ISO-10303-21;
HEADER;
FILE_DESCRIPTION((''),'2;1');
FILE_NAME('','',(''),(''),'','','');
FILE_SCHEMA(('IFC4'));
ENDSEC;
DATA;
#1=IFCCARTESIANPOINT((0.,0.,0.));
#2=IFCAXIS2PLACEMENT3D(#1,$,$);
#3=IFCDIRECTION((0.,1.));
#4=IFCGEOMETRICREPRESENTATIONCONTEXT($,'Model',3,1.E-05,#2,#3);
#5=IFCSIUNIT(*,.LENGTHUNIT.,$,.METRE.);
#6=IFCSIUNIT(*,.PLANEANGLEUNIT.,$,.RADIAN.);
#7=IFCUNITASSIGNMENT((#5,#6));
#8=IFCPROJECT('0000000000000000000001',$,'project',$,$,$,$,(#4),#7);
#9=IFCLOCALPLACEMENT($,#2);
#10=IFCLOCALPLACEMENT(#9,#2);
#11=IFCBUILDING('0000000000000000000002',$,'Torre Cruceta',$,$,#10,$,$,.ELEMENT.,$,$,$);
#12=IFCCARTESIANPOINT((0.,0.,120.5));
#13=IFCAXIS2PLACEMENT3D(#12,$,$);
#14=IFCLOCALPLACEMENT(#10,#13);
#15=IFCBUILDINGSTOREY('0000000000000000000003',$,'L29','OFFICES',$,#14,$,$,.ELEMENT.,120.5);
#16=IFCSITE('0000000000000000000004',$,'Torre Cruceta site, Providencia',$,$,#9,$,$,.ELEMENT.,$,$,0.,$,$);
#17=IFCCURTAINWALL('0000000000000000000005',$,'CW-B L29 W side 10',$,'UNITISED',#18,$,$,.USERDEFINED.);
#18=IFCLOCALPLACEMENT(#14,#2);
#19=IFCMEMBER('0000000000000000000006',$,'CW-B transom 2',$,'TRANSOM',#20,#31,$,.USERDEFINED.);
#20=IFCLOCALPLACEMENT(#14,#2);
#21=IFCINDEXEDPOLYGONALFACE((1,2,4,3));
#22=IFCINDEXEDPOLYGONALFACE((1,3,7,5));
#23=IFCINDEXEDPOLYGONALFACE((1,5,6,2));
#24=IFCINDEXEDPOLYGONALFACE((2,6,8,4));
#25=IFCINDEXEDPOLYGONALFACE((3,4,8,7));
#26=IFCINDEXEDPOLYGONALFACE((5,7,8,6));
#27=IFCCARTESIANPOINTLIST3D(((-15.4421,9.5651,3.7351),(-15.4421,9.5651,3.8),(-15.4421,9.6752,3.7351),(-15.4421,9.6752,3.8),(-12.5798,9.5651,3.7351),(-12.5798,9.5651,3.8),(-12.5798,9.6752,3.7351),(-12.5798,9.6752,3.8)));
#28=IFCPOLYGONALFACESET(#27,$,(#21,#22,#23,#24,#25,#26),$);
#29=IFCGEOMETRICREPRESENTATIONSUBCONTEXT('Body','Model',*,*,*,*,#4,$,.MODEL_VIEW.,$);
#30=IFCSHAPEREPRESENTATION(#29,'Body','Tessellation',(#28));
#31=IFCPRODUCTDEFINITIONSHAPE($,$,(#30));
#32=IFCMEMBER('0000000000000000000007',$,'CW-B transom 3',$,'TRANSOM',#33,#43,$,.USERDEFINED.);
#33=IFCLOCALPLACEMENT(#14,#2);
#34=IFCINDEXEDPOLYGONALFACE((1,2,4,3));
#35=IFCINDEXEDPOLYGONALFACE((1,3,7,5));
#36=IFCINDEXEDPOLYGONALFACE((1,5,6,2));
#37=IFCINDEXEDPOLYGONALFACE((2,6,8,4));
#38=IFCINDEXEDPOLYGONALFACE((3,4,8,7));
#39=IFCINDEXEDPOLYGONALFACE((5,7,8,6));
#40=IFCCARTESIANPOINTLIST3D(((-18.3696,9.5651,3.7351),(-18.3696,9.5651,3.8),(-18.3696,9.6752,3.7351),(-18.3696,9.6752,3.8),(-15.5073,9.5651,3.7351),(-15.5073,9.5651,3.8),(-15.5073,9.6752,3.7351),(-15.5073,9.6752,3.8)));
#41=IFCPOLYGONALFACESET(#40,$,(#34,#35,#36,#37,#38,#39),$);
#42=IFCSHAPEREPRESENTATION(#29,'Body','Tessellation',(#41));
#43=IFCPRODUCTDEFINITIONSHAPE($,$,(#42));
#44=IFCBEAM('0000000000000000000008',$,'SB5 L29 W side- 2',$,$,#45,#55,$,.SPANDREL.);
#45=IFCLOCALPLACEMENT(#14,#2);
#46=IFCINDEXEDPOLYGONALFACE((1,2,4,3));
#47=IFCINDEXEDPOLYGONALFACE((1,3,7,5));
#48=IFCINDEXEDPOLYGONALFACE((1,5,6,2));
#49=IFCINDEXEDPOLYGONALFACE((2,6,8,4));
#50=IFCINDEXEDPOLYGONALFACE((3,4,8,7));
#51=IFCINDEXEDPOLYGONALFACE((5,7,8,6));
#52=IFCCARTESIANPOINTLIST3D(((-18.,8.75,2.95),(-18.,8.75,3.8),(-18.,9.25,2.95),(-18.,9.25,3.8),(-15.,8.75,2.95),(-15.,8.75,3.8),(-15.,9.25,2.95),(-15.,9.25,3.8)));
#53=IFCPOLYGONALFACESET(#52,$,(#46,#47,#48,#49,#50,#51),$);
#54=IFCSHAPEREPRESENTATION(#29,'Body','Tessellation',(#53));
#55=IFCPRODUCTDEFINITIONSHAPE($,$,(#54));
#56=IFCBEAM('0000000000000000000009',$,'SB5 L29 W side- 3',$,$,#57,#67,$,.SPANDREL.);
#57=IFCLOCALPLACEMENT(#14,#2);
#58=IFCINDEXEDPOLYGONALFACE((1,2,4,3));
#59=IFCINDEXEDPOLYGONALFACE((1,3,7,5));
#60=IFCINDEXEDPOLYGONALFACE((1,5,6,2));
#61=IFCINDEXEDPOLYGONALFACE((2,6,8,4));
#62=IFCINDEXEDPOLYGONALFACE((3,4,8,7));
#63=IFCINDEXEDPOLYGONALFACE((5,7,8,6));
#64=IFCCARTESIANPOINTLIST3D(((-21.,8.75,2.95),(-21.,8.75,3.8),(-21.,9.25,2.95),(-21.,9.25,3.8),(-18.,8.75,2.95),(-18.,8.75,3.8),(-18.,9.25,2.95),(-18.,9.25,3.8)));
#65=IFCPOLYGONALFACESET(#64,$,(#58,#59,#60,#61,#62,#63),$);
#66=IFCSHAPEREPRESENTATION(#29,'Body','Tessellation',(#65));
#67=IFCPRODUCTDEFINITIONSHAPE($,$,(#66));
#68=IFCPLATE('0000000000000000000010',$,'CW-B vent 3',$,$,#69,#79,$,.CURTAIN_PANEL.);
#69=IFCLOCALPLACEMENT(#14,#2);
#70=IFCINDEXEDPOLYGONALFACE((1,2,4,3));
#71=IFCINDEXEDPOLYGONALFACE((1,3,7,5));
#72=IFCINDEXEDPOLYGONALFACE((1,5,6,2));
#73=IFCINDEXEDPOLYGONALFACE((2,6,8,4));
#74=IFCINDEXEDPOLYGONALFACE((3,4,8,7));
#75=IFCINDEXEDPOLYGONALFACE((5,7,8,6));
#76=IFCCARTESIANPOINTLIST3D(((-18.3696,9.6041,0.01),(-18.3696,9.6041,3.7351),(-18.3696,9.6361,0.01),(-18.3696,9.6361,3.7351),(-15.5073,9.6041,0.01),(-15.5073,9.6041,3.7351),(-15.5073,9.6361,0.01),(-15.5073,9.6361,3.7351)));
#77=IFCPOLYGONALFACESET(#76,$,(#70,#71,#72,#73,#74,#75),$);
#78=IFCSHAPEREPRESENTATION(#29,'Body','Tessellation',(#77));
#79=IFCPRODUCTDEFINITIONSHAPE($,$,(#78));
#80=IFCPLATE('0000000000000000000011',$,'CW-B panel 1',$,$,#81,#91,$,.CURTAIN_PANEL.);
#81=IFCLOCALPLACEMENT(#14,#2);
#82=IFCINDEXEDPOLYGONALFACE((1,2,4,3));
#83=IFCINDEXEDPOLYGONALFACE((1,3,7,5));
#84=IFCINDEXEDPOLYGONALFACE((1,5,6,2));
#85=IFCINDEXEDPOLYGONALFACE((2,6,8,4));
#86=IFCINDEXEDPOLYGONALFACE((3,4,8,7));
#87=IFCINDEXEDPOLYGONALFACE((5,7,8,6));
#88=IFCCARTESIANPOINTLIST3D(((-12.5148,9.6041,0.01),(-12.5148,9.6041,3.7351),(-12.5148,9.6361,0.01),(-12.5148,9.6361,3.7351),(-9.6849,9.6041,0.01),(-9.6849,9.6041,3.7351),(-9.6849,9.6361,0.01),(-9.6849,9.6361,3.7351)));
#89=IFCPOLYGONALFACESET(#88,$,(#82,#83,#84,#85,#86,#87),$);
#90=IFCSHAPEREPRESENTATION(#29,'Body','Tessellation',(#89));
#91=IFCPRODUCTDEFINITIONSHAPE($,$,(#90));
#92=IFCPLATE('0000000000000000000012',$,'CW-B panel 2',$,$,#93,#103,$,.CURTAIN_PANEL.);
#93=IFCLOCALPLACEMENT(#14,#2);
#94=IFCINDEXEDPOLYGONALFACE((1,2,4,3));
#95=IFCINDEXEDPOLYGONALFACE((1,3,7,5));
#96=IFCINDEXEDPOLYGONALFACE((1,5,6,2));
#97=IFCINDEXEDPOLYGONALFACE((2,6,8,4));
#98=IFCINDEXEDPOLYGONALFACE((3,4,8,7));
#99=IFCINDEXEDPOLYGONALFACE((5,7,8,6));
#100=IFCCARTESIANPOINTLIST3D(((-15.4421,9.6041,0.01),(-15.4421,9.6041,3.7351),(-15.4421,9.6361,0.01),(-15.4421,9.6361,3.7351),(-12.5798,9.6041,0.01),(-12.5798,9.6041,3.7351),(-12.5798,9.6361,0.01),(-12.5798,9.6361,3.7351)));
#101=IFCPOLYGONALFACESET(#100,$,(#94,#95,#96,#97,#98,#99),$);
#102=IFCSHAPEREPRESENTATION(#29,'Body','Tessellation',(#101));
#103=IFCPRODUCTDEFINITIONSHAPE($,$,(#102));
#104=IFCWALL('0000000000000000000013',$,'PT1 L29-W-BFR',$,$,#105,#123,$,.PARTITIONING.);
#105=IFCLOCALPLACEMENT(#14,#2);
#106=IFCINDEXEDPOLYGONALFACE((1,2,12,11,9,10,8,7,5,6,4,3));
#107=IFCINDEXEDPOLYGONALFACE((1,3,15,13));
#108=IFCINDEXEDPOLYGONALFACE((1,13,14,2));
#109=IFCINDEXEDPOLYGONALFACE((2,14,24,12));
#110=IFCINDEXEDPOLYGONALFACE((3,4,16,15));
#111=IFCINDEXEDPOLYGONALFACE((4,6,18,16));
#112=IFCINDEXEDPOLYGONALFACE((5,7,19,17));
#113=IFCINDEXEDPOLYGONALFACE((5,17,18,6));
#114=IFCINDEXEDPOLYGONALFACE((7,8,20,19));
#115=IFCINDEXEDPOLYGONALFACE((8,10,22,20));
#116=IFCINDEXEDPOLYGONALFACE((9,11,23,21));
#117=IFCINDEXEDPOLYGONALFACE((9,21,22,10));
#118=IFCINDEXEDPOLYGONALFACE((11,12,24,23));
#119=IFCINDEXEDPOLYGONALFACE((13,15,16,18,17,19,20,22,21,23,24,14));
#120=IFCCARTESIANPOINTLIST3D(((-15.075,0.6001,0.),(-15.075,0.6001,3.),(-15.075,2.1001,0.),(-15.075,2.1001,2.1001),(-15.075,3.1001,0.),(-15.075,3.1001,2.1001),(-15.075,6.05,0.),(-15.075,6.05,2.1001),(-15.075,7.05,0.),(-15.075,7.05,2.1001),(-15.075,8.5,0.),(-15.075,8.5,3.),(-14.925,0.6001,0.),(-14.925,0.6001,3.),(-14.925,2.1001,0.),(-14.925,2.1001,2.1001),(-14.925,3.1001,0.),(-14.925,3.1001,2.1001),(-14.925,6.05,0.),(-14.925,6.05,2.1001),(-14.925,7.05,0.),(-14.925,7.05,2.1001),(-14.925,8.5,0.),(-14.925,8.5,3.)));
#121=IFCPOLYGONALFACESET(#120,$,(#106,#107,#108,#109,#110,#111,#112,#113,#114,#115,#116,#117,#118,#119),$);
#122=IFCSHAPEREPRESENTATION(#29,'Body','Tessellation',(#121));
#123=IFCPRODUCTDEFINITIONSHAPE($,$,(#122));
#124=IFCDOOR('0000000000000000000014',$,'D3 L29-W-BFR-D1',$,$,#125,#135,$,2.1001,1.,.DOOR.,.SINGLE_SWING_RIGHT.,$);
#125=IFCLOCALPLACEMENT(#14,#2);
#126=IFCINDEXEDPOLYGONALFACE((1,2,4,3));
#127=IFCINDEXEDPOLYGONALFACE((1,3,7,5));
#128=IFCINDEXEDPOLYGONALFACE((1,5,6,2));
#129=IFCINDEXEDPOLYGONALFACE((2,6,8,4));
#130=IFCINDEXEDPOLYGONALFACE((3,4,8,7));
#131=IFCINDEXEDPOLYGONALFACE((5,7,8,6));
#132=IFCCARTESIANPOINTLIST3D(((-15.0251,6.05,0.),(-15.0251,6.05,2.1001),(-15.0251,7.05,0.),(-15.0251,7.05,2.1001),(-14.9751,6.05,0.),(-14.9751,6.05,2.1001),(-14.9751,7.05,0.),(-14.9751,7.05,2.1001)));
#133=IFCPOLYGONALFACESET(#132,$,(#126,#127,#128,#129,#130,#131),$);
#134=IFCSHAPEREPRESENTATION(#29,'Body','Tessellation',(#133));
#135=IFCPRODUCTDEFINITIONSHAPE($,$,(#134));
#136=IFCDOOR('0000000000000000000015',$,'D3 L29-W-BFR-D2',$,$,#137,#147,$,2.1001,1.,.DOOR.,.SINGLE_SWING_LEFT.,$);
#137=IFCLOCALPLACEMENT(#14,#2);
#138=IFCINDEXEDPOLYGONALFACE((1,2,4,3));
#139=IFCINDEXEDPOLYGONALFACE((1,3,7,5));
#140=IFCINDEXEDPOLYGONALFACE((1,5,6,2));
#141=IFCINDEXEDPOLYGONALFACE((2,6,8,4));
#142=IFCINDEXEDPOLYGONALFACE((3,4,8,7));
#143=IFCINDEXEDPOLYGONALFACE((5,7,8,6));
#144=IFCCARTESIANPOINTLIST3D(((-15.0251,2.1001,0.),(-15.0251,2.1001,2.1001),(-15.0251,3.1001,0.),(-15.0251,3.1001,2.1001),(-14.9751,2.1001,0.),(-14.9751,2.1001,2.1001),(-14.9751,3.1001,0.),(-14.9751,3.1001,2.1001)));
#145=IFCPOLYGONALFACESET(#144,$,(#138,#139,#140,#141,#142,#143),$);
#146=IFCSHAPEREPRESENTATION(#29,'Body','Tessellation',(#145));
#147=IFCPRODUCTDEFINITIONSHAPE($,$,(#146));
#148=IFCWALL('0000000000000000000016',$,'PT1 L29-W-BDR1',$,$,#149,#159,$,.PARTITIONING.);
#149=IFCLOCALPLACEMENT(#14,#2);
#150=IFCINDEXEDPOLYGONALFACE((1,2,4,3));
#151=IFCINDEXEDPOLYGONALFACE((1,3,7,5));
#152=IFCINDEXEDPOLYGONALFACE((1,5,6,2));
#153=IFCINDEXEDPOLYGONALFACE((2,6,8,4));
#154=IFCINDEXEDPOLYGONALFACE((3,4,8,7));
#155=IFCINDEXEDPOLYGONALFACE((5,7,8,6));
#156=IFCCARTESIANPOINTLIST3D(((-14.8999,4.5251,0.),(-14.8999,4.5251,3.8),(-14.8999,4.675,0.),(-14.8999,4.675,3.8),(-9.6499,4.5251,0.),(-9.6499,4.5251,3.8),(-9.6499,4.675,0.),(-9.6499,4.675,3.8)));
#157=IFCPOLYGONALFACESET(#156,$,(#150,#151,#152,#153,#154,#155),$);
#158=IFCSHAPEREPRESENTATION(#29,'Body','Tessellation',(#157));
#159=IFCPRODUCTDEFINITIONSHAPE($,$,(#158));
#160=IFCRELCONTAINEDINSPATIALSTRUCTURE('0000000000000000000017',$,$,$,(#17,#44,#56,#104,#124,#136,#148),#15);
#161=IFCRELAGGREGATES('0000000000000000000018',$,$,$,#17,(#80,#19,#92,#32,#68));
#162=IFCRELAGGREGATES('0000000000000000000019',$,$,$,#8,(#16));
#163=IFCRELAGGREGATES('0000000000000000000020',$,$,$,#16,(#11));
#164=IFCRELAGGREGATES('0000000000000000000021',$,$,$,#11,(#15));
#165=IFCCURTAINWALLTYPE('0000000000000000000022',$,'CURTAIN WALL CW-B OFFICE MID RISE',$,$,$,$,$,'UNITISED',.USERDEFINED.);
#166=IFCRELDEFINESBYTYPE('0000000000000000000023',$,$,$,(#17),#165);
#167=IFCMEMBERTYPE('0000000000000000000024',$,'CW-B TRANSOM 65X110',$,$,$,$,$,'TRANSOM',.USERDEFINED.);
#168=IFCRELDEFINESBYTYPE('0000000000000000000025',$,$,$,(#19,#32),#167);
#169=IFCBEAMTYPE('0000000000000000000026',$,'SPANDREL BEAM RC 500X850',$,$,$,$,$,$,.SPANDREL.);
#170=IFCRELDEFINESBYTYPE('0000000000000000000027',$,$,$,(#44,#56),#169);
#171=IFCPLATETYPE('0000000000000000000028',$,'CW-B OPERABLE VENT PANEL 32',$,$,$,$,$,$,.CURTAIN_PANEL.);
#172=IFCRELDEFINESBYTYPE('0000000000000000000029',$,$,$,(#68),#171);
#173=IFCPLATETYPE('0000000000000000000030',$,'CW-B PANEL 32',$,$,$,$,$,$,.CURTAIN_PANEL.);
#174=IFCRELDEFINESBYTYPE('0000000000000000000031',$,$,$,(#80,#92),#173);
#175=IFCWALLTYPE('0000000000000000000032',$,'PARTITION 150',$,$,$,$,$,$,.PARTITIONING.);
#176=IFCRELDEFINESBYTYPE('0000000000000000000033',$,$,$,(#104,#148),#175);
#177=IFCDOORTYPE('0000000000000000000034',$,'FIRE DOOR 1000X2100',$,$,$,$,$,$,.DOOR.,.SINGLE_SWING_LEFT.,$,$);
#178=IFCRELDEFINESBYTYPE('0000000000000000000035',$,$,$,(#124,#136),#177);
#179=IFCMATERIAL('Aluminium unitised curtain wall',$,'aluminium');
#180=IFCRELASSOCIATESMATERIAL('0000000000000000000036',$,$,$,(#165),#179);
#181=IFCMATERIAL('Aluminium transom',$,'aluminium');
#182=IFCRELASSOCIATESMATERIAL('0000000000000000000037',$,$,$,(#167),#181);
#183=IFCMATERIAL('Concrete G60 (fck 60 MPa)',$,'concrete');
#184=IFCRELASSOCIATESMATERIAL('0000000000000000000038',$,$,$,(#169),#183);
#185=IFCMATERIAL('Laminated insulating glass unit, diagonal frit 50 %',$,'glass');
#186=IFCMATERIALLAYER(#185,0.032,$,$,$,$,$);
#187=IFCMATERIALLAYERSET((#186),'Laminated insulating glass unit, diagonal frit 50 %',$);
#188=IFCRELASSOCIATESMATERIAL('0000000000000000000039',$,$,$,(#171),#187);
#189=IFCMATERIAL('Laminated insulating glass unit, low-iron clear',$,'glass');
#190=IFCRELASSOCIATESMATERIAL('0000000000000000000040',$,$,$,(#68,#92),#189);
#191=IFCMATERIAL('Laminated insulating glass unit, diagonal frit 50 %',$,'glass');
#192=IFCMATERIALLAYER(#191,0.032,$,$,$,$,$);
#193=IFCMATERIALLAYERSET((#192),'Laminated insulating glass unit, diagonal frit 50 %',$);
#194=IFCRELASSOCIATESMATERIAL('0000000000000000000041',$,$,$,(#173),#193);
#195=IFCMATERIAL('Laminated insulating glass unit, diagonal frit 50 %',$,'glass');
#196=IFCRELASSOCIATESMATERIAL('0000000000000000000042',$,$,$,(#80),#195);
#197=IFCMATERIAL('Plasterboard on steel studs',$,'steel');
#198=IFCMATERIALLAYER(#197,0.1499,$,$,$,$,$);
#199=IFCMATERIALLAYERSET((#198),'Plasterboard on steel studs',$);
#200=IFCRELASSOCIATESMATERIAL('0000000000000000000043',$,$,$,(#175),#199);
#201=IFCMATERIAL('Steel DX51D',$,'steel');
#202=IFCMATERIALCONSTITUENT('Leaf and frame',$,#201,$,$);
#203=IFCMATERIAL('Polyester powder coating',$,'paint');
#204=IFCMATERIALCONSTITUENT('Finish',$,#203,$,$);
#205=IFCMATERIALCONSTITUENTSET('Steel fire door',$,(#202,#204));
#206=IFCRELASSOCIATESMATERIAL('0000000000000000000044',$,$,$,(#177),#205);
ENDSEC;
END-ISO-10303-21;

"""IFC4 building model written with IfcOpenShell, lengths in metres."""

from ifc_helpers import new_model, si_unit, direction, frame, frame_2d, origin, origin_2d, place, context, subcontext, project, spatial, rectangle, extrude, material, layer, layer_set, constituent, constituent_set, material_profile, profile_set, type_object, element, fill, aggregate, save


model = new_model("IFC4")

# Units and contexts
model_context = context("Model", 3, precision=1e-05, world=origin(), true_north=direction((0.0, 1.0)))
body_context = subcontext(model_context, "Body", "Model", "MODEL_VIEW")
ifc_project = project(units=[si_unit("LENGTHUNIT", "METRE"), si_unit("PLANEANGLEUNIT", "RADIAN")], contexts=[model_context])

# Site, building, storey
site_placement = place(None, origin())
site = spatial("IfcSite", under=ifc_project, at=site_placement, Name="Torre Cruceta site, Providencia", CompositionType="ELEMENT", RefElevation=0.0)
building_placement = place(site_placement, origin())
building = spatial("IfcBuilding", under=site, at=building_placement, Name="Torre Cruceta", CompositionType="ELEMENT")
storey_placement = place(building_placement, frame((0.0, 0.0, 120.5)))
storey = spatial("IfcBuildingStorey", under=building, at=storey_placement, Name="L29", Description="OFFICES", CompositionType="ELEMENT", Elevation=120.5)

# Curtain wall, members
ifc_material_1 = material(Name="Aluminium unitised curtain wall", Category="aluminium")
curtain_wall_type = type_object("IfcCurtainWallType", Name="CURTAIN WALL CW-B OFFICE MID RISE", ElementType="UNITISED", PredefinedType="USERDEFINED", material=ifc_material_1)
curtain_wall_placement = place(storey_placement, origin())
curtain_wall = element("IfcCurtainWall", 1, at=curtain_wall_placement, inside=storey, type_object=curtain_wall_type, Name="CW-B L29 W side 10", ObjectType="UNITISED", PredefinedType="USERDEFINED")
ifc_material_2 = material(Name="Aluminium transom", Category="aluminium")
ifc_material_profile_1 = material_profile(ifc_material_2, rectangle(XDim=0.1101, YDim=0.0649, at=origin_2d()), Name="AL 110X65")
ifc_profile_set_1 = profile_set([ifc_material_profile_1], Name="Aluminium transom")
member_type_1 = type_object("IfcMemberType", Name="CW-B TRANSOM 65X110", ElementType="TRANSOM", PredefinedType="USERDEFINED", material=ifc_profile_set_1)
member_1_placement = place(storey_placement, frame((-12.5798, 9.6201, 3.7676), z_axis=(-1.0, 0.0, 0.0), x_axis=(0.0, -1.0, 0.0)))
member_1 = element("IfcMember", 2, at=member_1_placement, type_object=member_type_1, Name="CW-B transom 2", ObjectType="TRANSOM", PredefinedType="USERDEFINED", context=body_context, shape_type="SweptSolid", body=[
    extrude(rectangle(XDim=0.1101, YDim=0.0649, at=origin_2d()), origin(), (0.0, 0.0, 1.0), 2.8623),
])
member_2_placement = place(storey_placement, frame((-15.5073, 9.6201, 3.7676), z_axis=(-1.0, 0.0, 0.0), x_axis=(0.0, -1.0, 0.0)))
member_2 = element("IfcMember", 3, at=member_2_placement, type_object=member_type_1, Name="CW-B transom 3", ObjectType="TRANSOM", PredefinedType="USERDEFINED", context=body_context, shape_type="SweptSolid", body=[
    extrude(rectangle(XDim=0.1101, YDim=0.0649, at=origin_2d()), origin(), (0.0, 0.0, 1.0), 2.8623),
])

# Beams
ifc_material_3 = material(Name="Concrete G60 (fck 60 MPa)", Category="concrete")
ifc_material_profile_2 = material_profile(ifc_material_3, rectangle(XDim=0.5, YDim=0.8501, at=origin_2d()), Name="RC 500X850")
ifc_profile_set_2 = profile_set([ifc_material_profile_2], Name="Concrete G60 (fck 60 MPa)")
beam_type_1 = type_object("IfcBeamType", Name="SPANDREL BEAM RC 500X850", PredefinedType="SPANDREL", material=ifc_profile_set_2)
for number, where, z_axis, x_axis, name in (
    (4, (-15.0, 9.0, 3.375), (-1.0, 0.0, 0.0), (0.0, -1.0, 0.0), "SB5 L29 W side- 2"),
    (5, (-18.0, 9.0, 3.375), (-1.0, 0.0, 0.0), (0.0, -1.0, 0.0), "SB5 L29 W side- 3"),
):
    element("IfcBeam", number, at=place(storey_placement, frame(where, z_axis=z_axis, x_axis=x_axis)), inside=storey, type_object=beam_type_1, Name=name, PredefinedType="SPANDREL", context=body_context, shape_type="SweptSolid", body=[
        extrude(rectangle(XDim=0.5, YDim=0.8501, at=origin_2d()), origin(), (0.0, 0.0, 1.0), 3.0),
    ])

# Plates
ifc_material_4 = material(Name="Laminated insulating glass unit, low-iron clear", Category="glass")
ifc_material_5 = material(Name="Laminated insulating glass unit, diagonal frit 50 %", Category="glass")
ifc_layer_1 = layer(ifc_material_5, 0.032)
ifc_layer_set_1 = layer_set([ifc_layer_1], Name="Laminated insulating glass unit, diagonal frit 50 %")
plate_type_1 = type_object("IfcPlateType", Name="CW-B OPERABLE VENT PANEL 32", PredefinedType="CURTAIN_PANEL", material=ifc_layer_set_1)
plate_1_placement = place(storey_placement, frame((-16.9385, 9.6201, 0.01), z_axis=(0.0, 0.0, 1.0), x_axis=(-1.0, 0.0, 0.0)))
plate_1 = element("IfcPlate", 6, at=plate_1_placement, type_object=plate_type_1, material=ifc_material_4, Name="CW-B vent 3", PredefinedType="CURTAIN_PANEL", context=body_context, shape_type="SweptSolid", body=[
    extrude(rectangle(XDim=2.8623, YDim=0.032, at=origin_2d()), origin(), (0.0, 0.0, 1.0), 3.7251),
])
ifc_material_6 = material(Name="Laminated insulating glass unit, diagonal frit 50 %", Category="glass")
ifc_material_7 = material(Name="Laminated insulating glass unit, diagonal frit 50 %", Category="glass")
ifc_layer_2 = layer(ifc_material_7, 0.032)
ifc_layer_set_2 = layer_set([ifc_layer_2], Name="Laminated insulating glass unit, diagonal frit 50 %")
plate_type_2 = type_object("IfcPlateType", Name="CW-B PANEL 32", PredefinedType="CURTAIN_PANEL", material=ifc_layer_set_2)
plate_2_placement = place(storey_placement, frame((-11.0999, 9.6201, 0.01), z_axis=(0.0, 0.0, 1.0), x_axis=(-1.0, 0.0, 0.0)))
plate_2 = element("IfcPlate", 7, at=plate_2_placement, type_object=plate_type_2, material=ifc_material_6, Name="CW-B panel 1", PredefinedType="CURTAIN_PANEL", context=body_context, shape_type="SweptSolid", body=[
    extrude(rectangle(XDim=2.8298, YDim=0.032, at=origin_2d()), origin(), (0.0, 0.0, 1.0), 3.7251),
])
plate_3_placement = place(storey_placement, frame((-14.011, 9.6201, 0.01), z_axis=(0.0, 0.0, 1.0), x_axis=(-1.0, 0.0, 0.0)))
plate_3 = element("IfcPlate", 8, at=plate_3_placement, type_object=plate_type_2, material=ifc_material_4, Name="CW-B panel 2", PredefinedType="CURTAIN_PANEL", context=body_context, shape_type="SweptSolid", body=[
    extrude(rectangle(XDim=2.8623, YDim=0.032, at=origin_2d()), origin(), (0.0, 0.0, 1.0), 3.7251),
])
aggregate(curtain_wall, [plate_2, member_1, plate_3, member_2, plate_1])

# Wall, openings, doors
ifc_material_8 = material(Name="Plasterboard on steel studs", Category="steel")
ifc_layer_3 = layer(ifc_material_8, 0.1499)
ifc_layer_set_3 = layer_set([ifc_layer_3], Name="Plasterboard on steel studs")
wall_type = type_object("IfcWallType", Name="PARTITION 150", PredefinedType="PARTITIONING", material=ifc_layer_set_3)
wall_1_placement = place(storey_placement, frame((-15.0, 8.5, 0.0), z_axis=(0.0, 0.0, 1.0), x_axis=(0.0, -1.0, 0.0)))
wall_1 = element("IfcWall", 9, at=wall_1_placement, inside=storey, type_object=wall_type, Name="PT1 L29-W-BFR", PredefinedType="PARTITIONING", context=body_context, shape_type="SweptSolid", body=[
    extrude(rectangle(XDim=7.8999, YDim=0.1499, at=frame_2d((3.95, 0.0))), origin(), (0.0, 0.0, 1.0), 3.0),
])
opening_1_placement = place(wall_1_placement, frame((1.45, 0.0, 0.0)))
opening_1 = element("IfcOpeningElement", 10, at=opening_1_placement, cuts=wall_1, PredefinedType="OPENING", context=body_context, shape_type="SweptSolid", body=[
    extrude(rectangle(XDim=1.0, YDim=2.1001, at=frame_2d((0.5, 1.05))), frame((0.0, 0.085, 0.0), z_axis=(0.0, -1.0, 0.0), x_axis=(1.0, 0.0, 0.0)), (0.0, 0.0, 1.0), 0.1699),
])
opening_2_placement = place(wall_1_placement, frame((5.3999, 0.0, 0.0)))
opening_2 = element("IfcOpeningElement", 11, at=opening_2_placement, cuts=wall_1, PredefinedType="OPENING", context=body_context, shape_type="SweptSolid", body=[
    extrude(rectangle(XDim=1.0, YDim=2.1001, at=frame_2d((0.5, 1.05))), frame((0.0, 0.085, 0.0), z_axis=(0.0, -1.0, 0.0), x_axis=(1.0, 0.0, 0.0)), (0.0, 0.0, 1.0), 0.1699),
])
ifc_material_9 = material(Name="Steel DX51D", Category="steel")
ifc_constituent_1 = constituent(ifc_material_9, Name="Leaf and frame")
ifc_material_10 = material(Name="Polyester powder coating", Category="paint")
ifc_constituent_2 = constituent(ifc_material_10, Name="Finish")
ifc_constituent_set = constituent_set(constituents=[ifc_constituent_1, ifc_constituent_2], Name="Steel fire door")
door_type = type_object("IfcDoorType", Name="FIRE DOOR 1000X2100", OperationType="SINGLE_SWING_LEFT", PredefinedType="DOOR", material=ifc_constituent_set)
door_1_placement = place(opening_1_placement, origin())
door_1 = element("IfcDoor", 12, at=door_1_placement, inside=storey, type_object=door_type, Name="D3 L29-W-BFR-D1", OperationType="SINGLE_SWING_RIGHT", OverallHeight=2.1001, OverallWidth=1.0, PredefinedType="DOOR", context=body_context, shape_type="SweptSolid", body=[
    extrude(rectangle(XDim=1.0, YDim=2.1001, at=frame_2d((0.5, 1.05))), frame((0.0, 0.0249, 0.0), z_axis=(0.0, -1.0, 0.0), x_axis=(1.0, 0.0, 0.0)), (0.0, 0.0, 1.0), 0.05),
])
fill(opening_1, door_1)
door_2_placement = place(opening_2_placement, origin())
door_2 = element("IfcDoor", 13, at=door_2_placement, inside=storey, type_object=door_type, Name="D3 L29-W-BFR-D2", OperationType="SINGLE_SWING_LEFT", OverallHeight=2.1001, OverallWidth=1.0, PredefinedType="DOOR", context=body_context, shape_type="SweptSolid", body=[
    extrude(rectangle(XDim=1.0, YDim=2.1001, at=frame_2d((0.5, 1.05))), frame((0.0, 0.0249, 0.0), z_axis=(0.0, -1.0, 0.0), x_axis=(1.0, 0.0, 0.0)), (0.0, 0.0, 1.0), 0.05),
])
fill(opening_2, door_2)

# Wall
wall_2_placement = place(storey_placement, frame((-9.6499, 4.6001, 0.0), z_axis=(0.0, 0.0, 1.0), x_axis=(-1.0, 0.0, 0.0)))
element("IfcWall", 14, at=wall_2_placement, inside=storey, type_object=wall_type, Name="PT1 L29-W-BDR1", PredefinedType="PARTITIONING", context=body_context, shape_type="SweptSolid", body=[
    extrude(rectangle(XDim=5.25, YDim=0.1499, at=frame_2d((2.625, 0.0))), origin(), (0.0, 0.0, 1.0), 3.8),
])

save(model, "model.ifc")
